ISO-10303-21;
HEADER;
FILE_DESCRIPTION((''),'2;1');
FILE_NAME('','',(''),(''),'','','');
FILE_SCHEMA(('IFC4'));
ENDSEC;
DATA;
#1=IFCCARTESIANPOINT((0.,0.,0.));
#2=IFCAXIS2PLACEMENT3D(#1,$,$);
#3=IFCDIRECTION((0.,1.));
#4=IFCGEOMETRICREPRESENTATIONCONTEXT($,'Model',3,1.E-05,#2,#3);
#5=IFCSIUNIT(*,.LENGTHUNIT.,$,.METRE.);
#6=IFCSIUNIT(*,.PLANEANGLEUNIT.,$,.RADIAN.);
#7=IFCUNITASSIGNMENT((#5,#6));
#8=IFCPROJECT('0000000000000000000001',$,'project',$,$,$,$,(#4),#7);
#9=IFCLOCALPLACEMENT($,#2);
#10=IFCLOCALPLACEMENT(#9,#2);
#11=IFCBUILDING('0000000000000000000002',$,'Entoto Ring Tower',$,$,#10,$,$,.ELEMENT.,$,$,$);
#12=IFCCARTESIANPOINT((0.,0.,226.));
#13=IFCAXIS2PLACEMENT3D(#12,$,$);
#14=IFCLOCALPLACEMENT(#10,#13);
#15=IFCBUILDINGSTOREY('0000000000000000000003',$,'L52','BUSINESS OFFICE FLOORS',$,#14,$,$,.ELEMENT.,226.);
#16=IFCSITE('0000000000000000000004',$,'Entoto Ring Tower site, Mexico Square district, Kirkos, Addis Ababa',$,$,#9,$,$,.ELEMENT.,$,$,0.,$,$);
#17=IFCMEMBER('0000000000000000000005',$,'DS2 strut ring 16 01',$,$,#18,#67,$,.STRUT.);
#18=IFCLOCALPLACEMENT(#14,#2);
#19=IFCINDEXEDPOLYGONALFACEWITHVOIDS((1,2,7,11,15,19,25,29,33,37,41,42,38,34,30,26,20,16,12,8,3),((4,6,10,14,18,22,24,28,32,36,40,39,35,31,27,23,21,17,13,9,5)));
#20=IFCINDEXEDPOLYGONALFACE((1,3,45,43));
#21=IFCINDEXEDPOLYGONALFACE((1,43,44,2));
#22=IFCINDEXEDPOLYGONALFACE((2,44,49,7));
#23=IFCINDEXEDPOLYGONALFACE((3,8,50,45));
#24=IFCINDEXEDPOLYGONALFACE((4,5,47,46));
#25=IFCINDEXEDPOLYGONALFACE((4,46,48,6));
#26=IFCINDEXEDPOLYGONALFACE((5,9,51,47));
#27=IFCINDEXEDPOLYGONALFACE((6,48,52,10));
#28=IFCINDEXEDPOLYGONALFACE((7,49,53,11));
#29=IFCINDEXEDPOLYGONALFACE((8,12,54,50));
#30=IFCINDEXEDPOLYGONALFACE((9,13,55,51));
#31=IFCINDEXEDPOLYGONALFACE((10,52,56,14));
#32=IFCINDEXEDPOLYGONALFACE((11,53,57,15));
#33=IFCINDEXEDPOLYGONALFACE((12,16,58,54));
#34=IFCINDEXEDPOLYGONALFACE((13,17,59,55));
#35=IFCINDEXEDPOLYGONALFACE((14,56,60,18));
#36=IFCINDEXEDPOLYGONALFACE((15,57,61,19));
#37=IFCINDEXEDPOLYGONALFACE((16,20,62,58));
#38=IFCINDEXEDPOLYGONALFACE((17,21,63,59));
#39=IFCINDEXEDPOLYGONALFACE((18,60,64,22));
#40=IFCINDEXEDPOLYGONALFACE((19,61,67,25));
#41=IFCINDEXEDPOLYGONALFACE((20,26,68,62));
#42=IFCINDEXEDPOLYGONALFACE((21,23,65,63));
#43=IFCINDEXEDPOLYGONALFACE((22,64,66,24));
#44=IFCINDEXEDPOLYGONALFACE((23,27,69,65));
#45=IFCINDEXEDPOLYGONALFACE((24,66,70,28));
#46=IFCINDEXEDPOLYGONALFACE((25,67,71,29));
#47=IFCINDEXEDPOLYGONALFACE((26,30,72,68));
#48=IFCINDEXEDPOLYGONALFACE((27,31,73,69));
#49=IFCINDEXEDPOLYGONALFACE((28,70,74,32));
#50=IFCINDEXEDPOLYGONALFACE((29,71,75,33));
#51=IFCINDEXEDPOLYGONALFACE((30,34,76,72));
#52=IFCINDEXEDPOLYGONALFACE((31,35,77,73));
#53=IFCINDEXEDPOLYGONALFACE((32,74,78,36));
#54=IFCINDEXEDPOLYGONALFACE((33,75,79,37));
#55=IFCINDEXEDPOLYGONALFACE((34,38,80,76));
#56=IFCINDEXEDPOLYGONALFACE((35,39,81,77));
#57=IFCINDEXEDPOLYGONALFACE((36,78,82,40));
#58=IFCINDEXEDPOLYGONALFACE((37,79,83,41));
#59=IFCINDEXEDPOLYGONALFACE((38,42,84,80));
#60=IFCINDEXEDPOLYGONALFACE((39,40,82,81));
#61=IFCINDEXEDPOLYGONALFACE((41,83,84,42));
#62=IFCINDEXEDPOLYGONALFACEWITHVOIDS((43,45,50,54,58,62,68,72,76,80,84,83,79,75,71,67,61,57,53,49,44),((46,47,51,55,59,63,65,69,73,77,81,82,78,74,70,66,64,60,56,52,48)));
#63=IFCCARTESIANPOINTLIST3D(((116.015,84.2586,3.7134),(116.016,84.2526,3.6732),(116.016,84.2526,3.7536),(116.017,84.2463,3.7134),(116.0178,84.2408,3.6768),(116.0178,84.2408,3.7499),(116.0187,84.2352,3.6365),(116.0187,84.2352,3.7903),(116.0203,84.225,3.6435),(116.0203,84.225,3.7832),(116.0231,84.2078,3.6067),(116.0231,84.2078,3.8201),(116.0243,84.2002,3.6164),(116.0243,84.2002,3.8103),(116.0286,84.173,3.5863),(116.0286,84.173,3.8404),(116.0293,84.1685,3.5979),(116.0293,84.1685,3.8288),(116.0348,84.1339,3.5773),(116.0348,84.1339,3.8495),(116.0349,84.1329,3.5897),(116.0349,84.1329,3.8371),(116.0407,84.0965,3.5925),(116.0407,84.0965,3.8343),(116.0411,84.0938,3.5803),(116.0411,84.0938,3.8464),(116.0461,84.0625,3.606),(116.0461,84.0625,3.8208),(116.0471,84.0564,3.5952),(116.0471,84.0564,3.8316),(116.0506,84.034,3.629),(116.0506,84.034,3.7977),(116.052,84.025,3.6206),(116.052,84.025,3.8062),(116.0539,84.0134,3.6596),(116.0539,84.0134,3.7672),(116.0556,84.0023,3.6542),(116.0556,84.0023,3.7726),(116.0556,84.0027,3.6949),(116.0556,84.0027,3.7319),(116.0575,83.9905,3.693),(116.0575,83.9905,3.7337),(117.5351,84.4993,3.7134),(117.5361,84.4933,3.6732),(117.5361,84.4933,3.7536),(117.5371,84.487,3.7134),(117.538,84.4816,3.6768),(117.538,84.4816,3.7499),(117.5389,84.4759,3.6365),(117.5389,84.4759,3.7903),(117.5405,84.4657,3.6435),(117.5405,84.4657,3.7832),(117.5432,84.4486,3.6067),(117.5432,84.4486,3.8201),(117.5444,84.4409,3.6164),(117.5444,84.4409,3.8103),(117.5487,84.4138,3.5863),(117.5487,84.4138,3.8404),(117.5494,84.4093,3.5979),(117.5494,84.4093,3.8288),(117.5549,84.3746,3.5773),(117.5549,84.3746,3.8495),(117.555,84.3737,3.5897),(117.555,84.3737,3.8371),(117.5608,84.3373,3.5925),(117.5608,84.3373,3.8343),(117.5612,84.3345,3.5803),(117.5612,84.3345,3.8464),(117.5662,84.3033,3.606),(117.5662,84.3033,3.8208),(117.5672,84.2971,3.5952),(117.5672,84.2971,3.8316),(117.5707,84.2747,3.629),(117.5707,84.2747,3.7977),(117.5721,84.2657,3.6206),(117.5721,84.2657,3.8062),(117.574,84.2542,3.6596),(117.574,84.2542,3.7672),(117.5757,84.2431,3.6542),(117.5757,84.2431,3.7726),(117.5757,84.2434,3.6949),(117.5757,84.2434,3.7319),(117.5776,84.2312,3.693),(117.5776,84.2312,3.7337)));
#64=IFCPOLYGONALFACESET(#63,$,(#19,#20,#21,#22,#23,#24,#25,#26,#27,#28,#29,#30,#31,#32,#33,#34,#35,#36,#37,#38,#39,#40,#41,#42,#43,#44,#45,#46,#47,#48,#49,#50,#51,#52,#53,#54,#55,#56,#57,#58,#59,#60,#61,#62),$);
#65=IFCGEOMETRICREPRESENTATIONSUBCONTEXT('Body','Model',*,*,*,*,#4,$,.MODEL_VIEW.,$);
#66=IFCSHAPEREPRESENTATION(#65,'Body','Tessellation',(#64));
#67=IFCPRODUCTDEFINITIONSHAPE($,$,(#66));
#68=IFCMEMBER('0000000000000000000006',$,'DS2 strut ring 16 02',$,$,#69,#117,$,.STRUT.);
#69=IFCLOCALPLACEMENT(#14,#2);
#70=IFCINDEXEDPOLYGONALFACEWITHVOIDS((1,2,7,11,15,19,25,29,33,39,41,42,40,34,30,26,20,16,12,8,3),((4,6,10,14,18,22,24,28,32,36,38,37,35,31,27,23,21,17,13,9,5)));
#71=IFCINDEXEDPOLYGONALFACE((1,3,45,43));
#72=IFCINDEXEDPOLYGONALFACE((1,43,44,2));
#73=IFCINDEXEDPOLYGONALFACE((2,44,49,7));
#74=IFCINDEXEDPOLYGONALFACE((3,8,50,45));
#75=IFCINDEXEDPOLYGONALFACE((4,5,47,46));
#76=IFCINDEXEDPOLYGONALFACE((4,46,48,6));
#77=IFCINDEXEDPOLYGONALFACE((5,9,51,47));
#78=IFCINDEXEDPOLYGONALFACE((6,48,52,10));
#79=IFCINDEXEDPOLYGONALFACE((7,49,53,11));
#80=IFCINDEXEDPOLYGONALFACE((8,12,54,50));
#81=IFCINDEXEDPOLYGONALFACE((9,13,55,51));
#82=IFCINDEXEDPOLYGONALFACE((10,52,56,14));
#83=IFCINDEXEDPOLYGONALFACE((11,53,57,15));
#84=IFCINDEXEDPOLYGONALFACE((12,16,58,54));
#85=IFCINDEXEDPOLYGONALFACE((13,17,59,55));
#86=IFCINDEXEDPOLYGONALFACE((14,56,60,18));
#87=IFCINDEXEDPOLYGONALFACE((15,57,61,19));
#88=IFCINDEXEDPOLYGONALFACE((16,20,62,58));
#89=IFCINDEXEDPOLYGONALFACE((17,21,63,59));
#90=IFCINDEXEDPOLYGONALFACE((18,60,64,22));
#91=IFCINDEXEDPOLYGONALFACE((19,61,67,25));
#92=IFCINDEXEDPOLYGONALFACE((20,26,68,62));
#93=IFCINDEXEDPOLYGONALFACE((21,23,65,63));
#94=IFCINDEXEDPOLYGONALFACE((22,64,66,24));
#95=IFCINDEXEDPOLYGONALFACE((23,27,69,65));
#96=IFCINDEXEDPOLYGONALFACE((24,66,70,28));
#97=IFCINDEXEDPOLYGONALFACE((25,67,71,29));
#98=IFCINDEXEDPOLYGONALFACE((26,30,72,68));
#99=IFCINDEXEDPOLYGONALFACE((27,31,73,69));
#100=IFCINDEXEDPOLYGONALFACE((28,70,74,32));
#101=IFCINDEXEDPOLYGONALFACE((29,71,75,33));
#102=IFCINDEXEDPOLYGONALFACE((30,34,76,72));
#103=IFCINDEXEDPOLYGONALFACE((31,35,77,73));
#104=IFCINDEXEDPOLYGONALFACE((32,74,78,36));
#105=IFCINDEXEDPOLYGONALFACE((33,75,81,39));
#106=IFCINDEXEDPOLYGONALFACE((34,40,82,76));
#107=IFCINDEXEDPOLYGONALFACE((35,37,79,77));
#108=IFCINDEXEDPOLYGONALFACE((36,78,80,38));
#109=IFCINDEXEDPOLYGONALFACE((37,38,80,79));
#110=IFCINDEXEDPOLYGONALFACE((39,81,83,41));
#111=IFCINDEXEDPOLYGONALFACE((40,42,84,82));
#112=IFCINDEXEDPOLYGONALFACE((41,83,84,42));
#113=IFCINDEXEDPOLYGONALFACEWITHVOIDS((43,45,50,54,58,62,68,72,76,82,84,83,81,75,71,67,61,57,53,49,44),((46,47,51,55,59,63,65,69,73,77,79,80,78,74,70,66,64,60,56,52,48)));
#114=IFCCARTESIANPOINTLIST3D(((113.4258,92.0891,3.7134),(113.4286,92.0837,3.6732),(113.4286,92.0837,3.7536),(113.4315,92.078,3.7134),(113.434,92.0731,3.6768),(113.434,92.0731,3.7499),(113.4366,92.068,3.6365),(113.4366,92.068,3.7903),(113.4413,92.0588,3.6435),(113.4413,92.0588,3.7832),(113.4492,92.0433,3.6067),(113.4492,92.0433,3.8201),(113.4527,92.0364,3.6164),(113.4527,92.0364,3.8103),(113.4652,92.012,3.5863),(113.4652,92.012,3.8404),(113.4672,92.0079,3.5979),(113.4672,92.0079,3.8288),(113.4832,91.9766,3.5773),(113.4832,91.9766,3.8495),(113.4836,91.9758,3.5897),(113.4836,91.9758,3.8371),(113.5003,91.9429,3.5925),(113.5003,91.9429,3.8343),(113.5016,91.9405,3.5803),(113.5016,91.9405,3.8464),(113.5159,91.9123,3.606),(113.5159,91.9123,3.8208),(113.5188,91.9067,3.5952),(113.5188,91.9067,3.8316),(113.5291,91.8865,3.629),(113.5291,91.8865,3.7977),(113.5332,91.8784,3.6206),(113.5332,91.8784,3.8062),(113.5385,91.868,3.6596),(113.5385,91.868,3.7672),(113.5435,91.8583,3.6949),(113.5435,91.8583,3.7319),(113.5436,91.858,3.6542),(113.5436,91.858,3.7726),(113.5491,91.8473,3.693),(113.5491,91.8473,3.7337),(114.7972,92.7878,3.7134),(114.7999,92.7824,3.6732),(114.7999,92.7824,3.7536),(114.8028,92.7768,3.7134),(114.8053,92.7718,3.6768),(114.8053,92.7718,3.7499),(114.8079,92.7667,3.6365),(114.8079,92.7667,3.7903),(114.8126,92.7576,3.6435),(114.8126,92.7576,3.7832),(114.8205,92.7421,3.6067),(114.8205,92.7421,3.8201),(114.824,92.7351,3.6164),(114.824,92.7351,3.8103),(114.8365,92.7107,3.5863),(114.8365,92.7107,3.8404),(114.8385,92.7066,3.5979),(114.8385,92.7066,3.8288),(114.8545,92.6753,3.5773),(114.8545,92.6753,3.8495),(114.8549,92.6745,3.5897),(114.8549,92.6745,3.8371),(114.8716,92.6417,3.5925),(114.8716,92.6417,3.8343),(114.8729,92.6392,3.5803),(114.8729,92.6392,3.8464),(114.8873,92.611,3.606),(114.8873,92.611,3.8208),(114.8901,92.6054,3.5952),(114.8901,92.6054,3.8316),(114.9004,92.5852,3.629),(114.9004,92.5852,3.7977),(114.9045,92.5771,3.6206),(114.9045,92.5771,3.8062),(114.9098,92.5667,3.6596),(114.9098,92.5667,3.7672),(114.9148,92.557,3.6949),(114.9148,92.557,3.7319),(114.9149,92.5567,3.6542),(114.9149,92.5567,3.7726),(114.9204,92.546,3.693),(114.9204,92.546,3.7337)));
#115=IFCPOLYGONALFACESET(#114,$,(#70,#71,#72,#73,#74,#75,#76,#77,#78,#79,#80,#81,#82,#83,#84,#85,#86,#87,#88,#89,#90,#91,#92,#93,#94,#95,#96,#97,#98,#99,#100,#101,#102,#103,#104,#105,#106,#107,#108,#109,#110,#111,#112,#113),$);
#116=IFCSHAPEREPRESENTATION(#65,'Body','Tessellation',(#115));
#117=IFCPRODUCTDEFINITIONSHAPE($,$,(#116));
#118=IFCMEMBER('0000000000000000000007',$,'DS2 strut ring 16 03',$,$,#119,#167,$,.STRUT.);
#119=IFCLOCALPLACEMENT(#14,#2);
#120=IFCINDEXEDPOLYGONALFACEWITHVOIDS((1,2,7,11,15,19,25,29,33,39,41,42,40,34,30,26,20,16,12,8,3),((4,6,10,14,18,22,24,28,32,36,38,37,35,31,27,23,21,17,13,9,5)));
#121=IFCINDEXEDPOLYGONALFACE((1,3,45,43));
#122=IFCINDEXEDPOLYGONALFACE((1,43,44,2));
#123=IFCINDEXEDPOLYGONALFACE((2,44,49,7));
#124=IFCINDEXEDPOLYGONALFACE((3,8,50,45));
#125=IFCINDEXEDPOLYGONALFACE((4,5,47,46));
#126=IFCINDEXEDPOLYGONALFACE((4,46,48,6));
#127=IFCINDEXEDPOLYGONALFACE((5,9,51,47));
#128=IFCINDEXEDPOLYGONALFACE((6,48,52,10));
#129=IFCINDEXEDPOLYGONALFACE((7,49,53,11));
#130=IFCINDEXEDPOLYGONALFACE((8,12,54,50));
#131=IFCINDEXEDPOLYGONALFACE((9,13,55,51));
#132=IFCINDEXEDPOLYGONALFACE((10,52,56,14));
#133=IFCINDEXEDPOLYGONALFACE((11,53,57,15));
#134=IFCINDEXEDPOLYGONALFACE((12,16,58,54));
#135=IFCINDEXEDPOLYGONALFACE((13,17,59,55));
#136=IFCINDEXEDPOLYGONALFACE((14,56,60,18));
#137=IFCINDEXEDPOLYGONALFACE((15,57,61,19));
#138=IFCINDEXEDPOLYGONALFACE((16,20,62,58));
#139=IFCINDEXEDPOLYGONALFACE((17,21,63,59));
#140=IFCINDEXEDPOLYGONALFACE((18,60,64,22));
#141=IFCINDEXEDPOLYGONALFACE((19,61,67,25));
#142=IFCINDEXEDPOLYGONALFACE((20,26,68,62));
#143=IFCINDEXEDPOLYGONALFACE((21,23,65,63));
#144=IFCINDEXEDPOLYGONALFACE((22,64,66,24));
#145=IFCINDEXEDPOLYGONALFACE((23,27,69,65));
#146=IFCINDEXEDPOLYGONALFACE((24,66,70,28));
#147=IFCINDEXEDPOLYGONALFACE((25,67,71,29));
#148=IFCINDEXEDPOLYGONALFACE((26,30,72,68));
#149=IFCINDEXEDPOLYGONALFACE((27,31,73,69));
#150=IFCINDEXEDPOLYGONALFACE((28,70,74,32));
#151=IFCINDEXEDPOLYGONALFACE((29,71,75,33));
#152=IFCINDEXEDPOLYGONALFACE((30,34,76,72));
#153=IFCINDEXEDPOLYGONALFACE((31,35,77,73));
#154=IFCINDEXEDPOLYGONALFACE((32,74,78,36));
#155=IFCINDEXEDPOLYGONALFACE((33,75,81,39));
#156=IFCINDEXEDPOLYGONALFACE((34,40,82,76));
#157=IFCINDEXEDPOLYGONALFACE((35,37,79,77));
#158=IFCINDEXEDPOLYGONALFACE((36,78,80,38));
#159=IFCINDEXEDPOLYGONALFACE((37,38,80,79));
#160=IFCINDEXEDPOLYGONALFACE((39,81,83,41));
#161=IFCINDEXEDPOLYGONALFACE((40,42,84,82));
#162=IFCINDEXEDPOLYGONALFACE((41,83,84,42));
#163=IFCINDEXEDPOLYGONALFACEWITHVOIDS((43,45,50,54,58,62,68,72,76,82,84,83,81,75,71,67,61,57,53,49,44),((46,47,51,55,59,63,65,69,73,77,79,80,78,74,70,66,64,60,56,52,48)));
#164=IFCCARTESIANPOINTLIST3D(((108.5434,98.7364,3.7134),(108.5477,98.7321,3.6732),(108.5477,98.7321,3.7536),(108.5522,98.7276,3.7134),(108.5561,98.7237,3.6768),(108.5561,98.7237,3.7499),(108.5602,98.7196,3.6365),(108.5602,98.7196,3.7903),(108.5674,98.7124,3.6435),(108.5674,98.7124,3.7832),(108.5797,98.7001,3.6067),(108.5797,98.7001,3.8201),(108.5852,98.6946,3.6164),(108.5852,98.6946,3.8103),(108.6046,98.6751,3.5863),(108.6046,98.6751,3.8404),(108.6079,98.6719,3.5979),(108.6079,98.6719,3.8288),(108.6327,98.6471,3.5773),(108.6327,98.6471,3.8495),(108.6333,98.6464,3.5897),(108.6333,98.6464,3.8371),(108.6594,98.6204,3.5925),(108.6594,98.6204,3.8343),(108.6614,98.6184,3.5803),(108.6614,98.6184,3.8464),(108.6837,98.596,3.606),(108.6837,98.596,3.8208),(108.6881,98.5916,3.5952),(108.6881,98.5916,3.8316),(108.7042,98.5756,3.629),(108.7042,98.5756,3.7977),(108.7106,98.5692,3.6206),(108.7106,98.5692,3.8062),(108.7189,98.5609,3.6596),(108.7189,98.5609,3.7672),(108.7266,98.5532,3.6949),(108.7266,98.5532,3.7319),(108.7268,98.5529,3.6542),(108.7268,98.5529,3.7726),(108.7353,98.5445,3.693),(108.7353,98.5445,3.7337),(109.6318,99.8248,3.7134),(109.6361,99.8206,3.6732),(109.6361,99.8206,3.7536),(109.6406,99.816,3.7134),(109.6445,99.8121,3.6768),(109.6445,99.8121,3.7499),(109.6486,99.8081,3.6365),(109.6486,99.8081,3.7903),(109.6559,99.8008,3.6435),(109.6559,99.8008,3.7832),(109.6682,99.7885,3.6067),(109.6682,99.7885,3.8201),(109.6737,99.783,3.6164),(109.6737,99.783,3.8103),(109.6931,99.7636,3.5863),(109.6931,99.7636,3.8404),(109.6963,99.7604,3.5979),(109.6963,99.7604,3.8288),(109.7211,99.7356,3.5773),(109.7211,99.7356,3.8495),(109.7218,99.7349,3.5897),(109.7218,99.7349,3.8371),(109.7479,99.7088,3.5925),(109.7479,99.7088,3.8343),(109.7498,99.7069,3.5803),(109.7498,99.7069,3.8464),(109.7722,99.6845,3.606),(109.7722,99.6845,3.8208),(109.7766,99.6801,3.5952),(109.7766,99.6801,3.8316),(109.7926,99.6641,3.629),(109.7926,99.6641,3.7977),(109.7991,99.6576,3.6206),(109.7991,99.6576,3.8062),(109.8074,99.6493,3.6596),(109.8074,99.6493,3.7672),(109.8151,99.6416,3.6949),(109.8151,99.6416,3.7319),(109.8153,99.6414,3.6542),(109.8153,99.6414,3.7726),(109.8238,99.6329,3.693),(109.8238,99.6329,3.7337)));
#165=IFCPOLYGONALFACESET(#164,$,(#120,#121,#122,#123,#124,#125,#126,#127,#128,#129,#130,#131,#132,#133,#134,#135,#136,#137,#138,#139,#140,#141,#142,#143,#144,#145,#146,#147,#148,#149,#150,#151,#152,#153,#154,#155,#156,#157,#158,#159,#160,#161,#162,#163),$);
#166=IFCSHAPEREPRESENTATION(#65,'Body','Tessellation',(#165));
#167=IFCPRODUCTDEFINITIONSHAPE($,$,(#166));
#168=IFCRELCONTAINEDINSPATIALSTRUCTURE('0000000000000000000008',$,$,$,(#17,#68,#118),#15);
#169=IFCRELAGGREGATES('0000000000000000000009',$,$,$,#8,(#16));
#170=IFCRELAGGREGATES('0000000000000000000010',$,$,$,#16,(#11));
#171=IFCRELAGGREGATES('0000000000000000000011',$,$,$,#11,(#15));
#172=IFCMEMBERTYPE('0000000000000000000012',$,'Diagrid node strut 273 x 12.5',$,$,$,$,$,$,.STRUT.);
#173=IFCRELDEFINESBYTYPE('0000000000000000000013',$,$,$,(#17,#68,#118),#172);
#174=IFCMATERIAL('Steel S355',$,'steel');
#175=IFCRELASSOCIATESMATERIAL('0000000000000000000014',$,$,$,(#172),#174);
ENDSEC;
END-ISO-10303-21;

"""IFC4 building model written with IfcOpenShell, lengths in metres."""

from ifc_helpers import new_model, si_unit, direction, frame, origin, origin_2d, place, context, subcontext, project, spatial, circle, hollow_circle, extrude, material, material_profile, profile_set, type_object, element, save


model = new_model("IFC4")

# Units and contexts
model_context = context("Model", 3, precision=1e-05, world=origin(), true_north=direction((0.0, 1.0)))
body_context = subcontext(model_context, "Body", "Model", "MODEL_VIEW")
ifc_project = project(units=[si_unit("LENGTHUNIT", "METRE"), si_unit("PLANEANGLEUNIT", "RADIAN")], contexts=[model_context])

# Site, building, storey
site_placement = place(None, origin())
site = spatial("IfcSite", under=ifc_project, at=site_placement, Name="Entoto Ring Tower site, Mexico Square district, Kirkos, Addis Ababa", CompositionType="ELEMENT", RefElevation=0.0)
building_placement = place(site_placement, origin())
building = spatial("IfcBuilding", under=site, at=building_placement, Name="Entoto Ring Tower", CompositionType="ELEMENT")
storey_placement = place(building_placement, frame((0.0, 0.0, 226.0)))
storey = spatial("IfcBuildingStorey", under=building, at=storey_placement, Name="L52", Description="BUSINESS OFFICE FLOORS", CompositionType="ELEMENT", Elevation=226.0)

# Members
ifc_material_1 = material(Name="Steel S355", Category="steel")
ifc_material_profile_1 = material_profile(ifc_material_1, hollow_circle(Radius=0.1365, WallThickness=0.0125, at=origin_2d()), Name="CHS 273 x 12.5")
ifc_material_2 = material(Name="Concrete C60/75", Category="concrete")
ifc_material_profile_2 = material_profile(ifc_material_2, circle(Radius=0.124, at=origin_2d()), Name="Concrete C60/75 infill")
ifc_profile_set_1 = profile_set([ifc_material_profile_1, ifc_material_profile_2], Name="Steel S355")
member_type = type_object("IfcMemberType", Name="Diagrid node strut 273 x 12.5", PredefinedType="STRUT", material=ifc_profile_set_1)
for number, where, z_axis, x_axis, name in (
    (1, (116.0364, 84.1238, 3.7134), (0.987691, 0.156419, 0.0), (-0.156419, 0.987691, 0.0), "DS2 strut ring 16 01"),
    (2, (113.4878, 91.9675, 3.7134), (0.891007, 0.45399, 0.0), (-0.45399, 0.891007, 0.0), "DS2 strut ring 16 02"),
):
    element("IfcMember", number, at=place(storey_placement, frame(where, z_axis=z_axis, x_axis=x_axis)), inside=storey, type_object=member_type, Name=name, PredefinedType="STRUT", context=body_context, shape_type="SweptSolid", body=[
        extrude(hollow_circle(Radius=0.1365, WallThickness=0.0125, at=origin_2d()), origin(), (0.0, 0.0, 1.0), 1.5391),
    ])
member_1_placement = place(storey_placement, frame((108.6399, 98.6399, 3.7134), z_axis=(0.707107, 0.707107, 0.0), x_axis=(-0.707107, 0.707107, 0.0)))
element("IfcMember", 3, at=member_1_placement, inside=storey, type_object=member_type, Name="DS2 strut ring 16 03", PredefinedType="STRUT", context=body_context, shape_type="SweptSolid", body=[
    extrude(hollow_circle(Radius=0.1365, WallThickness=0.0125, at=origin_2d()), origin(), (0.0, 0.0, 1.0), 1.5393),
])

save(model, "model.ifc")
